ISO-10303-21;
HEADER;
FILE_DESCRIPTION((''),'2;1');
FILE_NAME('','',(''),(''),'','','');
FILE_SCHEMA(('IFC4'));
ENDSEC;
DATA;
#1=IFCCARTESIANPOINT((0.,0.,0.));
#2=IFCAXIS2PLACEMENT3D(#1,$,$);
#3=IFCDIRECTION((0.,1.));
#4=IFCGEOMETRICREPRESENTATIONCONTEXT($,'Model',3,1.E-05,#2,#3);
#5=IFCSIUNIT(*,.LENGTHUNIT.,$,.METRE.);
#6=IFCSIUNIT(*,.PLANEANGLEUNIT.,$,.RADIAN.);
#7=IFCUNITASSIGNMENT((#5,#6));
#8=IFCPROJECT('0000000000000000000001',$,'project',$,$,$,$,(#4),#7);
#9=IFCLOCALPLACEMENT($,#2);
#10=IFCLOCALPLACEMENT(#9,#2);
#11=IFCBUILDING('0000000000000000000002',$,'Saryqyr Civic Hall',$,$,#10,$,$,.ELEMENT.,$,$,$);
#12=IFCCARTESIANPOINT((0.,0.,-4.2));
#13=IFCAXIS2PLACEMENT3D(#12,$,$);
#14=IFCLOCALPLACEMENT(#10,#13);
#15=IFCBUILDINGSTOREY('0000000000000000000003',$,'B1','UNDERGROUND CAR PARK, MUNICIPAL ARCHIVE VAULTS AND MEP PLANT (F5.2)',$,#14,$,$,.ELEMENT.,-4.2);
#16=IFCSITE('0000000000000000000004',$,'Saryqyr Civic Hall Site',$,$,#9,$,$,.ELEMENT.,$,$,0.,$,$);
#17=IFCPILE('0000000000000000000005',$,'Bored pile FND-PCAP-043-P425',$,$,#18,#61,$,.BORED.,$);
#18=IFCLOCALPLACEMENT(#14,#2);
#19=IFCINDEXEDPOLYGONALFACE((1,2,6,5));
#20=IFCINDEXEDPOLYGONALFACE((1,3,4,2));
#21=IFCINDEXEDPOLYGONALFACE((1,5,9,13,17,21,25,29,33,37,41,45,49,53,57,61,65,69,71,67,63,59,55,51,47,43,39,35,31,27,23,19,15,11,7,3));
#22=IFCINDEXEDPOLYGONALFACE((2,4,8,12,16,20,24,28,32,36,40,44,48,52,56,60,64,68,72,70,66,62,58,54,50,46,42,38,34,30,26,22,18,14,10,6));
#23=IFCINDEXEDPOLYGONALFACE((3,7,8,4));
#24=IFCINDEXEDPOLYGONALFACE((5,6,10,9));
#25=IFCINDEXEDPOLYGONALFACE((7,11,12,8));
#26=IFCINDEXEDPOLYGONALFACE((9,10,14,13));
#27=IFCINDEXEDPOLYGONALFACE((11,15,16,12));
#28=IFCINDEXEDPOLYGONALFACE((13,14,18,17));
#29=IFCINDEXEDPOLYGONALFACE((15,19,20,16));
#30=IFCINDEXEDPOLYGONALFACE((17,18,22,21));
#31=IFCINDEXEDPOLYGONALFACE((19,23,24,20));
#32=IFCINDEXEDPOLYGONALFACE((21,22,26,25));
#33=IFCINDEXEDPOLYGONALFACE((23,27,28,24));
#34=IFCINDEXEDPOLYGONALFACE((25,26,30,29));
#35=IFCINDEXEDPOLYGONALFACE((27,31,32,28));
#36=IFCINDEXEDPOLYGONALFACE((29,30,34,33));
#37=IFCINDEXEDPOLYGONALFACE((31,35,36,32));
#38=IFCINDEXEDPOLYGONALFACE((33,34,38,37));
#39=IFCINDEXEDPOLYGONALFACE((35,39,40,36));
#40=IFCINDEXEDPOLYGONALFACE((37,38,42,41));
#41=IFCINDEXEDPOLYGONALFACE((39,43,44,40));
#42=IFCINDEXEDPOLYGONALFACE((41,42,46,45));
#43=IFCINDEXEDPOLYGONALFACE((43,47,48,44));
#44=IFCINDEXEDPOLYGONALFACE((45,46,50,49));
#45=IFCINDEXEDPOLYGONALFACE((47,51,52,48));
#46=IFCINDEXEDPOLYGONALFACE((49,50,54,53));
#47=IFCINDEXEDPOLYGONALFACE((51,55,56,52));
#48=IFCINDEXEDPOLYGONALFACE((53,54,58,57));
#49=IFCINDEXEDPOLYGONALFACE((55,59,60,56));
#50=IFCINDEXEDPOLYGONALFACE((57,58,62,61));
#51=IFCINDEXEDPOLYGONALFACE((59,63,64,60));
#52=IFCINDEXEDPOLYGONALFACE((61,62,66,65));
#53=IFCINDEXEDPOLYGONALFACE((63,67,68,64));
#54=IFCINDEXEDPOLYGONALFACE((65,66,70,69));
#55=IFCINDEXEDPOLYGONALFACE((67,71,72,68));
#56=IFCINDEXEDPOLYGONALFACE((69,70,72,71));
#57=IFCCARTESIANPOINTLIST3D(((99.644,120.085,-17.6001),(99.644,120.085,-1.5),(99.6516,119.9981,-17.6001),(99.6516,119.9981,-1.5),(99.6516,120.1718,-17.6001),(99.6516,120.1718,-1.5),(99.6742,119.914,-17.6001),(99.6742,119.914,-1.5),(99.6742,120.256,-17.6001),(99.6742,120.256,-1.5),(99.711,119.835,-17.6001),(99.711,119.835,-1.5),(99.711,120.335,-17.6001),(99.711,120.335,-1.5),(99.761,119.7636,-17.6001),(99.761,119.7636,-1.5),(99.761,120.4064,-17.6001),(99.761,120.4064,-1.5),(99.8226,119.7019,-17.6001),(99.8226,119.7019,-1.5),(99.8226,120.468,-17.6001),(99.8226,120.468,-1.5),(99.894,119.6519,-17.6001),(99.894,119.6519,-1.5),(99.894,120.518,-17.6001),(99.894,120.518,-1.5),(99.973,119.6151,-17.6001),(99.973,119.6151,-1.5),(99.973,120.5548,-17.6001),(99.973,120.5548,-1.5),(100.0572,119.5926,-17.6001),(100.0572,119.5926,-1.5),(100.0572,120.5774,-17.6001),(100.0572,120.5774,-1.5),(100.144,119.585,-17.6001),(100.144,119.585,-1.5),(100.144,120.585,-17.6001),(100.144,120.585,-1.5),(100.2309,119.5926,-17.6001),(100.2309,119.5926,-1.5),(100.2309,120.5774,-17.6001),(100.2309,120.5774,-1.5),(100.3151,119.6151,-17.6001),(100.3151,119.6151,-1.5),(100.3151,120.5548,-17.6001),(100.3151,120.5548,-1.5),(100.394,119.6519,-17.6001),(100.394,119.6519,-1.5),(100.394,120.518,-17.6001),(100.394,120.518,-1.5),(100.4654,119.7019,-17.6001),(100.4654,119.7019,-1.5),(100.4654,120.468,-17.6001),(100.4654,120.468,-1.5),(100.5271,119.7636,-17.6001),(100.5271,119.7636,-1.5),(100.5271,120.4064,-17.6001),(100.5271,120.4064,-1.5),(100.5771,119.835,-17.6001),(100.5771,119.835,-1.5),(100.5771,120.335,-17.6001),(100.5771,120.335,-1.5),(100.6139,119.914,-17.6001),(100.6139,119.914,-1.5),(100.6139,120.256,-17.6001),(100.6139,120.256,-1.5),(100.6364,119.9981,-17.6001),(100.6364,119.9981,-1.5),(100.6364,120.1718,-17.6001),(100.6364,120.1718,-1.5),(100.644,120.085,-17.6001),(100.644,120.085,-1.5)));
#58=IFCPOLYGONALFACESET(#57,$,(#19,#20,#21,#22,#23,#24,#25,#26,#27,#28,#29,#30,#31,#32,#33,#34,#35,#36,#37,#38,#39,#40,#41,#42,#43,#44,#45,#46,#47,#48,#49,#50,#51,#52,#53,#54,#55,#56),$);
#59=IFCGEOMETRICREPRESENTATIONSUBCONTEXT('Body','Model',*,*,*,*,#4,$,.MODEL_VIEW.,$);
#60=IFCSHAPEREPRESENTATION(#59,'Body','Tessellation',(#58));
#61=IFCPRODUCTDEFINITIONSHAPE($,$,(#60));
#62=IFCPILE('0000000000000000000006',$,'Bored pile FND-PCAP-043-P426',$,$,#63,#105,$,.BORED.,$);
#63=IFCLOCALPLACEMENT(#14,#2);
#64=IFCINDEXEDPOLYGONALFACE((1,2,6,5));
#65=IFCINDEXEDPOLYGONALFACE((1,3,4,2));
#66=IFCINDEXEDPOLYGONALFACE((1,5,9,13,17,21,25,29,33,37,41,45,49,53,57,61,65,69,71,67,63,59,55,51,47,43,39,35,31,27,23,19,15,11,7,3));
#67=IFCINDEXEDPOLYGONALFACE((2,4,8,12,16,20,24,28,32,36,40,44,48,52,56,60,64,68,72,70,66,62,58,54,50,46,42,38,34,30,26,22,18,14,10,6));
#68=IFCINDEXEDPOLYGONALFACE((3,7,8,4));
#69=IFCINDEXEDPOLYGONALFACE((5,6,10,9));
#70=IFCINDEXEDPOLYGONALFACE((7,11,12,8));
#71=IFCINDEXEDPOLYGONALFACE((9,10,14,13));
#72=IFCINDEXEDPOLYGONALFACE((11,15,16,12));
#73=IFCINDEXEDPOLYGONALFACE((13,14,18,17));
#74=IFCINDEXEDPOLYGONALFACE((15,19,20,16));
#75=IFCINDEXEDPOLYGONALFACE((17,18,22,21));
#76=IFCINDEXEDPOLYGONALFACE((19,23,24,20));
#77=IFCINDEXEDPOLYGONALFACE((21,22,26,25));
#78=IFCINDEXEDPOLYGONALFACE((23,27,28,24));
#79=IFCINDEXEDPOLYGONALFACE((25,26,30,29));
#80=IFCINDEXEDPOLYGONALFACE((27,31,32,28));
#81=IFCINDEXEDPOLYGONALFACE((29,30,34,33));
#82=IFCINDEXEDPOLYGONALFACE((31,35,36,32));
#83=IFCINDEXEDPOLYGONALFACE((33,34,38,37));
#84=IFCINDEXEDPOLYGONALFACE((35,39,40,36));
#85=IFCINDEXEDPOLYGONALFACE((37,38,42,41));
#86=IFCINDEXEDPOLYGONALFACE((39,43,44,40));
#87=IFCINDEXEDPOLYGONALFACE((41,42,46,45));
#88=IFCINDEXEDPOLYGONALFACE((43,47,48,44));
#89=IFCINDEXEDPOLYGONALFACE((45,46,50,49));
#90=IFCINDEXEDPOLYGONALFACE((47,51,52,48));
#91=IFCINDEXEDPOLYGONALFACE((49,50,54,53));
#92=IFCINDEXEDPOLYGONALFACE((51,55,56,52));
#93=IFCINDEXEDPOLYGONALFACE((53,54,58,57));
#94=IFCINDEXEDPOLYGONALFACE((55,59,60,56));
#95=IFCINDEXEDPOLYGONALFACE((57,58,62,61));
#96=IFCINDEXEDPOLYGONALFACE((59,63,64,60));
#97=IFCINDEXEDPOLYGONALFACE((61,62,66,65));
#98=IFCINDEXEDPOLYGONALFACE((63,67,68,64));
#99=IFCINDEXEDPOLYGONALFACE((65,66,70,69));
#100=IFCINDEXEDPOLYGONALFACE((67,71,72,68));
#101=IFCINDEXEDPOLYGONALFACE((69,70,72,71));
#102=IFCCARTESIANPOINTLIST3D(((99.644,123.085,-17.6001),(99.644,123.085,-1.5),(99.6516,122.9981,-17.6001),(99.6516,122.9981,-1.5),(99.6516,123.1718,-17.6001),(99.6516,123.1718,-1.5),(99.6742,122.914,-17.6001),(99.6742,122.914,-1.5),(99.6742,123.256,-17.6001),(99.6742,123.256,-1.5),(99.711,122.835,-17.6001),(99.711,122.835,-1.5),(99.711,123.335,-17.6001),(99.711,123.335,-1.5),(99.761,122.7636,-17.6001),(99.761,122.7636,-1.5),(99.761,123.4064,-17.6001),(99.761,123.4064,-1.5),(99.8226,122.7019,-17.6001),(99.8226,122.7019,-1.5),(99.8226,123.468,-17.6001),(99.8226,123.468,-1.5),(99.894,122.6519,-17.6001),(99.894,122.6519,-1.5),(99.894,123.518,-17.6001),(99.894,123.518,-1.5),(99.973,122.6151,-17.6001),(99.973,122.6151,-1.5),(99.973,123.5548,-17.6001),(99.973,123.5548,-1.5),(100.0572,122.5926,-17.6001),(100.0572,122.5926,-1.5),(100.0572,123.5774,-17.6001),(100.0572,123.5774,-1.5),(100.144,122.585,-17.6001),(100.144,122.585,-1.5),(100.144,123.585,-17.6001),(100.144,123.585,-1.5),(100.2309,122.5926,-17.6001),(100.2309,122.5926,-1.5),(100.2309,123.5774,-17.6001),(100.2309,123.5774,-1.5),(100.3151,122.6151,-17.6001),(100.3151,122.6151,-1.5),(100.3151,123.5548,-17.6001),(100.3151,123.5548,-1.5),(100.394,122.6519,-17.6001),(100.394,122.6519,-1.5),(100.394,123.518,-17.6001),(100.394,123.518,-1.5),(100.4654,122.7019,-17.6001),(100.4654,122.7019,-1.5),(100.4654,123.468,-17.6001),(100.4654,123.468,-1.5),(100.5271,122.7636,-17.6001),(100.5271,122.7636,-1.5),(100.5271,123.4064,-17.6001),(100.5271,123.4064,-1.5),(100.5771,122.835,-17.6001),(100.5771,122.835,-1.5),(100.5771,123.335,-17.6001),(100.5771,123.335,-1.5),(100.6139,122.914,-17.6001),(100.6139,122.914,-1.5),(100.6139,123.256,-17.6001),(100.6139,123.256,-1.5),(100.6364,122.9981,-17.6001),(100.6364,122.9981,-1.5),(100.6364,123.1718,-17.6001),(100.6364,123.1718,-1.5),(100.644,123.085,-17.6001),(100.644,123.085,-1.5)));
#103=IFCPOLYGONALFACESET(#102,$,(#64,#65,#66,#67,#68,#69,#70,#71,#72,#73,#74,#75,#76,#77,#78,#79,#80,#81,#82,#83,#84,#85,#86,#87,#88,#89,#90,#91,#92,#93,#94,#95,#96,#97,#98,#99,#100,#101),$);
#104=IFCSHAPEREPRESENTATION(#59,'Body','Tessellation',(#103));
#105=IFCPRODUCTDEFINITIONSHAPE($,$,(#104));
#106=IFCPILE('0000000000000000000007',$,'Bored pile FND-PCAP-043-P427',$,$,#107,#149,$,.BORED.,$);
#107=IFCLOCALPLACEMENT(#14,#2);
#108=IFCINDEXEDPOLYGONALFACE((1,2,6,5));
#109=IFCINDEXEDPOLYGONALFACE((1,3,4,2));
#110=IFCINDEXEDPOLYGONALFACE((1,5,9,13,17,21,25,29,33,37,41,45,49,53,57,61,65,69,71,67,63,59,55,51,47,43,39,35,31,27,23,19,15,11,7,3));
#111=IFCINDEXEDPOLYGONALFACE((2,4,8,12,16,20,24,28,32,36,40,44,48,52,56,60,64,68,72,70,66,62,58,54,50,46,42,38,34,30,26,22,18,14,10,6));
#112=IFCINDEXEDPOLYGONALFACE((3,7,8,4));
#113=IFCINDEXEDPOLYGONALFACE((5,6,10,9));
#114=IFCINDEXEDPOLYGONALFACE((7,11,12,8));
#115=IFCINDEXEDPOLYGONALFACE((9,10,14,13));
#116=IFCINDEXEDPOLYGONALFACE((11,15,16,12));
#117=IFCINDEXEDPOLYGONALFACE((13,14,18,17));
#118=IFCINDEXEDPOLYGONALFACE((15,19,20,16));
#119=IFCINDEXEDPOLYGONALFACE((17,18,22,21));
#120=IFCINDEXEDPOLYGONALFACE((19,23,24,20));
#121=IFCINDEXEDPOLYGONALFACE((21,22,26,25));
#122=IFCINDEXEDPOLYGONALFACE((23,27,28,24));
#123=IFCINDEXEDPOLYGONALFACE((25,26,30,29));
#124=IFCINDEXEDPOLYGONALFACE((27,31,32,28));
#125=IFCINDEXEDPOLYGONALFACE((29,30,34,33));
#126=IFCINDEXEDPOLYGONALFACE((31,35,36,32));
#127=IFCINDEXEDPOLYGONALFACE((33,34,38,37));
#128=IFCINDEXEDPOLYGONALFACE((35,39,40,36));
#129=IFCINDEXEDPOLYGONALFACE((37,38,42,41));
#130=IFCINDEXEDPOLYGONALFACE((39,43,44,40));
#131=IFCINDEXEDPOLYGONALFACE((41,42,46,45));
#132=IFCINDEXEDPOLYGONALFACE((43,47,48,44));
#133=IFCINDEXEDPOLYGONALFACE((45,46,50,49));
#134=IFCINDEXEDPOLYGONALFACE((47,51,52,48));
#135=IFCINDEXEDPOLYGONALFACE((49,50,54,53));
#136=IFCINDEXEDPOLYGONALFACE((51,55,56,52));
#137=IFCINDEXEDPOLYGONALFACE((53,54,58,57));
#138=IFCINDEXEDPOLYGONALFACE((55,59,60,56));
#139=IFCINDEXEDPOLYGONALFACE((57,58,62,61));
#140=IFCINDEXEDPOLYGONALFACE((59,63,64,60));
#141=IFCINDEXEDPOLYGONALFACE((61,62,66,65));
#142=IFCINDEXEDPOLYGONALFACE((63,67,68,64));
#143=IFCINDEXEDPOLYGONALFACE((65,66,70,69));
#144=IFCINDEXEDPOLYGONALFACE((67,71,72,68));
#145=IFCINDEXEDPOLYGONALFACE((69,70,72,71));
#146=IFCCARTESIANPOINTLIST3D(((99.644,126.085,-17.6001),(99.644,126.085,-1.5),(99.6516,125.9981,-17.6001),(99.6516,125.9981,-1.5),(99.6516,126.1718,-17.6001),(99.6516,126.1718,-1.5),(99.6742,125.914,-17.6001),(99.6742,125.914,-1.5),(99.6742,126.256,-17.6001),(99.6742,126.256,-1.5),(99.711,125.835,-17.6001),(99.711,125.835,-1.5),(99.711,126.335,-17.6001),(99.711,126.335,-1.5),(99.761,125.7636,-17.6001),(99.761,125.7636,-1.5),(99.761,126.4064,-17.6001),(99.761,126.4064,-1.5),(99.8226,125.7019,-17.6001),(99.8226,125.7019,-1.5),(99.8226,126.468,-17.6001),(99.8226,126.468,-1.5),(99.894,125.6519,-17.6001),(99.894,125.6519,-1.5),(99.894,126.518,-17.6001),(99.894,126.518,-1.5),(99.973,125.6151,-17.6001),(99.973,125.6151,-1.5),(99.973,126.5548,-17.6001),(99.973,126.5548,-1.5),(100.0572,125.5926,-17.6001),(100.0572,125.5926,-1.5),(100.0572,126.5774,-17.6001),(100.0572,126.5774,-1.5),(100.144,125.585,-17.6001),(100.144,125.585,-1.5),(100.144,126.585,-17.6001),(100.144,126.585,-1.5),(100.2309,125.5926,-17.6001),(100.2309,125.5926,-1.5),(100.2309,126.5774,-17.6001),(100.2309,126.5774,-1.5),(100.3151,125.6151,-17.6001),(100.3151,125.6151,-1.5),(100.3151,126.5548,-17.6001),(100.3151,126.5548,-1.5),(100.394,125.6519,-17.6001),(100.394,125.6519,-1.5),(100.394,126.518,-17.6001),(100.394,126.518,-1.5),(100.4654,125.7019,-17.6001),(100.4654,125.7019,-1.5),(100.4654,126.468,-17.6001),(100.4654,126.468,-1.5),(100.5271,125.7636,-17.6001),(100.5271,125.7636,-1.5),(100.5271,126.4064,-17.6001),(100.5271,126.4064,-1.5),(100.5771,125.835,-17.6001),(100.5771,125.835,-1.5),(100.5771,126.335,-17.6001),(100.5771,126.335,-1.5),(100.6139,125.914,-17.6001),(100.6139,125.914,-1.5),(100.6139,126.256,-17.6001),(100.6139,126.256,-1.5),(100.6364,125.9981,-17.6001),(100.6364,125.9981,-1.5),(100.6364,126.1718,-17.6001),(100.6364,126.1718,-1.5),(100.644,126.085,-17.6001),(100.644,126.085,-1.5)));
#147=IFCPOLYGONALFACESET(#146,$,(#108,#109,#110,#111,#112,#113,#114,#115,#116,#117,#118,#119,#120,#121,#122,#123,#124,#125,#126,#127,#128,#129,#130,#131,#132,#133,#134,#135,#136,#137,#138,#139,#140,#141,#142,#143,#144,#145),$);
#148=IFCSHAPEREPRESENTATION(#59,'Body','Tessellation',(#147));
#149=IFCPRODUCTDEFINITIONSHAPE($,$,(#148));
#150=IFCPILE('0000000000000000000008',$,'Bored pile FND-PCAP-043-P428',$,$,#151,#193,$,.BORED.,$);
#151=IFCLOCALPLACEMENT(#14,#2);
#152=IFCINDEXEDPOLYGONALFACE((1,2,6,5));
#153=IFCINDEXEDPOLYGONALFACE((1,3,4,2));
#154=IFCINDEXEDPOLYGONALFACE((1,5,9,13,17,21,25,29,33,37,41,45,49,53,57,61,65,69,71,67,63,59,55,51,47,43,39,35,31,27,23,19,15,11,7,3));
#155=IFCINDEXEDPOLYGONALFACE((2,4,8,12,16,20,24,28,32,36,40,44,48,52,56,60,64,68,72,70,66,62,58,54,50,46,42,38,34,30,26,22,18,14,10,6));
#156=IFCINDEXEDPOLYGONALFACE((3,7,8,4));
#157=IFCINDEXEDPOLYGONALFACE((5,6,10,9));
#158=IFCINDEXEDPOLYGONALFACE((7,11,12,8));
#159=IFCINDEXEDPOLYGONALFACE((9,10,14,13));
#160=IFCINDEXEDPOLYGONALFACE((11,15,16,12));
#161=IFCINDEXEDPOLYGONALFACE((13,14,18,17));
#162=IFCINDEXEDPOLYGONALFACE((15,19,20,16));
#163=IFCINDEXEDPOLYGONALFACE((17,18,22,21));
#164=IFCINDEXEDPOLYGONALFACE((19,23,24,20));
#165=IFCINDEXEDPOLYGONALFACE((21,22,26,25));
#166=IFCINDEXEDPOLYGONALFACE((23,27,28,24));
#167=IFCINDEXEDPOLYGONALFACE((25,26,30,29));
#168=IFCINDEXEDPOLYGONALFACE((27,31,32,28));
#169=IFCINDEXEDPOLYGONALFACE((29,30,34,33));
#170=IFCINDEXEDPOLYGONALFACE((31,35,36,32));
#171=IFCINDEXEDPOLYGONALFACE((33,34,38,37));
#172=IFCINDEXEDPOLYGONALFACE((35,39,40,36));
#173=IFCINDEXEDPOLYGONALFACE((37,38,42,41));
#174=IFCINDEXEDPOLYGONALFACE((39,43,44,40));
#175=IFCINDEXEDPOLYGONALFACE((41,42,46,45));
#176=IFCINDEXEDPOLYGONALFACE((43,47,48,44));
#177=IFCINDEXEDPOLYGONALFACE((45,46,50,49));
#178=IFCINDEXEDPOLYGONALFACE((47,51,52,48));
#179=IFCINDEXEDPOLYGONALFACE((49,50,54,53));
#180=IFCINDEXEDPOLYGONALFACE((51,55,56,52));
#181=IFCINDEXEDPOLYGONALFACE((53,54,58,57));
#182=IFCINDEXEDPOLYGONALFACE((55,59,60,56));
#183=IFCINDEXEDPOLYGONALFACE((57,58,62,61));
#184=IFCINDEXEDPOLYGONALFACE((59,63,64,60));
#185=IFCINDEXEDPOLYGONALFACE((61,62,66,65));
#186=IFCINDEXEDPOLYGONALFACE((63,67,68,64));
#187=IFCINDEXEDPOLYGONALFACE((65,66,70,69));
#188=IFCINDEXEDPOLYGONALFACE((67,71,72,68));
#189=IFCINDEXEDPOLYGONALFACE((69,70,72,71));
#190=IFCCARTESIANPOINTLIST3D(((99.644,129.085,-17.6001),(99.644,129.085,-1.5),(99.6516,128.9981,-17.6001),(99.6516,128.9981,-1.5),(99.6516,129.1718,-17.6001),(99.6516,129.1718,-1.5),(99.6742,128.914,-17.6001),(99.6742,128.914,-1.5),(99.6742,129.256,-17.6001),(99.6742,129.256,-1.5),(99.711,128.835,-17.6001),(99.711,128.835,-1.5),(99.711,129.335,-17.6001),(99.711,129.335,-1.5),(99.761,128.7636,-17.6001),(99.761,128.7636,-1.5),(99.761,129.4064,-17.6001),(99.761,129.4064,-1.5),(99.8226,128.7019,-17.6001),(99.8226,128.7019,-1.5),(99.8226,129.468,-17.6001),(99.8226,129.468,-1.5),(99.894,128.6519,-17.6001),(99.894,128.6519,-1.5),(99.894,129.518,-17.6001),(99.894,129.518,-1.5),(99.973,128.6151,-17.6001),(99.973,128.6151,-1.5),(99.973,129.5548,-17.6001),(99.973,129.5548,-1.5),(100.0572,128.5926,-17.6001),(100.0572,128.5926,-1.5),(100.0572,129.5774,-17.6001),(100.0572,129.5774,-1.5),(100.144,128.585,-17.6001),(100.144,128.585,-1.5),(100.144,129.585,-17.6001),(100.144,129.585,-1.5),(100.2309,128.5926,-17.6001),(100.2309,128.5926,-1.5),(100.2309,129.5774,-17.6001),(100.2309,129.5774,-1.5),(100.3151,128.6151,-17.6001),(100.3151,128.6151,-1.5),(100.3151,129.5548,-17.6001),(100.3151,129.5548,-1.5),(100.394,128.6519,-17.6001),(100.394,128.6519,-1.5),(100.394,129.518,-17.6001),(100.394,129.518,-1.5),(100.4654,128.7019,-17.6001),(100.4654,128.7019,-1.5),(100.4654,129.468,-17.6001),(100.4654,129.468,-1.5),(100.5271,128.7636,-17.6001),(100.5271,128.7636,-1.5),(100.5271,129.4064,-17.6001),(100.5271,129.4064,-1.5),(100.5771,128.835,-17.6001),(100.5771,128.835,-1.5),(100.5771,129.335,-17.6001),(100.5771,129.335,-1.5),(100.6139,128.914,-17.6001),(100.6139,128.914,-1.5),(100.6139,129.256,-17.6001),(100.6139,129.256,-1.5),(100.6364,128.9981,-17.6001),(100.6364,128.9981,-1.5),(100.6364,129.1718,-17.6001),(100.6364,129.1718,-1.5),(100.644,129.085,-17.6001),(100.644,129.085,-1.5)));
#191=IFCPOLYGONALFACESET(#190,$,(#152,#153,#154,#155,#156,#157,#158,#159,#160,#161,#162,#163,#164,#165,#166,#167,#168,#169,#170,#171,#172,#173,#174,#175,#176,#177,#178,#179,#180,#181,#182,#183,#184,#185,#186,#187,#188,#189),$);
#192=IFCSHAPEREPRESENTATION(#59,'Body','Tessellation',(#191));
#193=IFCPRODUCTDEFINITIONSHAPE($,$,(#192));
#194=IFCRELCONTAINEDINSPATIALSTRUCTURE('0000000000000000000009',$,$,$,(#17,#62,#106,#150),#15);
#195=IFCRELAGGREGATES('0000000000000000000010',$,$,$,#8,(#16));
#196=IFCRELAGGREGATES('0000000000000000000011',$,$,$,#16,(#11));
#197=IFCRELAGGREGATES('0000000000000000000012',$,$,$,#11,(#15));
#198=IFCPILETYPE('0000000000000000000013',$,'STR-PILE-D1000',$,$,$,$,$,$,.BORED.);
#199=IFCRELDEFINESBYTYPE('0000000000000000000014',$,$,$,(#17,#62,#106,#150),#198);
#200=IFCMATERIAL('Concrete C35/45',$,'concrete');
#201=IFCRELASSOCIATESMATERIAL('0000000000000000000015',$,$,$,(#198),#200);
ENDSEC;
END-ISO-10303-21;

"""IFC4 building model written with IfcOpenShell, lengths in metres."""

from ifc_helpers import new_model, si_unit, direction, frame, origin, origin_2d, place, context, subcontext, project, spatial, circle, extrude, material, material_profile, profile_set, type_object, element, save


model = new_model("IFC4")

# Units and contexts
model_context = context("Model", 3, precision=1e-05, world=origin(), true_north=direction((0.0, 1.0)))
body_context = subcontext(model_context, "Body", "Model", "MODEL_VIEW")
ifc_project = project(units=[si_unit("LENGTHUNIT", "METRE"), si_unit("PLANEANGLEUNIT", "RADIAN")], contexts=[model_context])

# Site, building, storey
site_placement = place(None, origin())
site = spatial("IfcSite", under=ifc_project, at=site_placement, Name="Saryqyr Civic Hall Site", CompositionType="ELEMENT", RefElevation=0.0)
building_placement = place(site_placement, origin())
building = spatial("IfcBuilding", under=site, at=building_placement, Name="Saryqyr Civic Hall", CompositionType="ELEMENT")
storey_placement = place(building_placement, frame((0.0, 0.0, -4.2)))
storey = spatial("IfcBuildingStorey", under=building, at=storey_placement, Name="B1", Description="UNDERGROUND CAR PARK, MUNICIPAL ARCHIVE VAULTS AND MEP PLANT (F5.2)", CompositionType="ELEMENT", Elevation=-4.2)

# Piles
ifc_material_1 = material(Name="Concrete C35/45", Category="concrete")
ifc_material_profile_1 = material_profile(ifc_material_1, circle(Radius=0.5, at=origin_2d()), Name="BORED PILE D1000")
ifc_profile_set_1 = profile_set([ifc_material_profile_1], Name="Concrete C35/45")
pile_type = type_object("IfcPileType", Name="STR-PILE-D1000", PredefinedType="BORED", material=ifc_profile_set_1)
for number, where, z_axis, x_axis, name in (
    (1, (100.144, 120.085, -1.5), (0.0, 0.0, -1.0), (1.0, 0.0, 0.0), "Bored pile FND-PCAP-043-P425"),
    (2, (100.144, 123.085, -1.5), (0.0, 0.0, -1.0), (1.0, 0.0, 0.0), "Bored pile FND-PCAP-043-P426"),
    (3, (100.144, 126.085, -1.5), (0.0, 0.0, -1.0), (1.0, 0.0, 0.0), "Bored pile FND-PCAP-043-P427"),
    (4, (100.144, 129.085, -1.5), (0.0, 0.0, -1.0), (1.0, 0.0, 0.0), "Bored pile FND-PCAP-043-P428"),
):
    element("IfcPile", number, at=place(storey_placement, frame(where, z_axis=z_axis, x_axis=x_axis)), inside=storey, type_object=pile_type, Name=name, PredefinedType="BORED", context=body_context, shape_type="SweptSolid", body=[
        extrude(circle(Radius=0.5, at=origin_2d()), origin(), (0.0, 0.0, 1.0), 16.1001),
    ])

save(model, "model.ifc")
